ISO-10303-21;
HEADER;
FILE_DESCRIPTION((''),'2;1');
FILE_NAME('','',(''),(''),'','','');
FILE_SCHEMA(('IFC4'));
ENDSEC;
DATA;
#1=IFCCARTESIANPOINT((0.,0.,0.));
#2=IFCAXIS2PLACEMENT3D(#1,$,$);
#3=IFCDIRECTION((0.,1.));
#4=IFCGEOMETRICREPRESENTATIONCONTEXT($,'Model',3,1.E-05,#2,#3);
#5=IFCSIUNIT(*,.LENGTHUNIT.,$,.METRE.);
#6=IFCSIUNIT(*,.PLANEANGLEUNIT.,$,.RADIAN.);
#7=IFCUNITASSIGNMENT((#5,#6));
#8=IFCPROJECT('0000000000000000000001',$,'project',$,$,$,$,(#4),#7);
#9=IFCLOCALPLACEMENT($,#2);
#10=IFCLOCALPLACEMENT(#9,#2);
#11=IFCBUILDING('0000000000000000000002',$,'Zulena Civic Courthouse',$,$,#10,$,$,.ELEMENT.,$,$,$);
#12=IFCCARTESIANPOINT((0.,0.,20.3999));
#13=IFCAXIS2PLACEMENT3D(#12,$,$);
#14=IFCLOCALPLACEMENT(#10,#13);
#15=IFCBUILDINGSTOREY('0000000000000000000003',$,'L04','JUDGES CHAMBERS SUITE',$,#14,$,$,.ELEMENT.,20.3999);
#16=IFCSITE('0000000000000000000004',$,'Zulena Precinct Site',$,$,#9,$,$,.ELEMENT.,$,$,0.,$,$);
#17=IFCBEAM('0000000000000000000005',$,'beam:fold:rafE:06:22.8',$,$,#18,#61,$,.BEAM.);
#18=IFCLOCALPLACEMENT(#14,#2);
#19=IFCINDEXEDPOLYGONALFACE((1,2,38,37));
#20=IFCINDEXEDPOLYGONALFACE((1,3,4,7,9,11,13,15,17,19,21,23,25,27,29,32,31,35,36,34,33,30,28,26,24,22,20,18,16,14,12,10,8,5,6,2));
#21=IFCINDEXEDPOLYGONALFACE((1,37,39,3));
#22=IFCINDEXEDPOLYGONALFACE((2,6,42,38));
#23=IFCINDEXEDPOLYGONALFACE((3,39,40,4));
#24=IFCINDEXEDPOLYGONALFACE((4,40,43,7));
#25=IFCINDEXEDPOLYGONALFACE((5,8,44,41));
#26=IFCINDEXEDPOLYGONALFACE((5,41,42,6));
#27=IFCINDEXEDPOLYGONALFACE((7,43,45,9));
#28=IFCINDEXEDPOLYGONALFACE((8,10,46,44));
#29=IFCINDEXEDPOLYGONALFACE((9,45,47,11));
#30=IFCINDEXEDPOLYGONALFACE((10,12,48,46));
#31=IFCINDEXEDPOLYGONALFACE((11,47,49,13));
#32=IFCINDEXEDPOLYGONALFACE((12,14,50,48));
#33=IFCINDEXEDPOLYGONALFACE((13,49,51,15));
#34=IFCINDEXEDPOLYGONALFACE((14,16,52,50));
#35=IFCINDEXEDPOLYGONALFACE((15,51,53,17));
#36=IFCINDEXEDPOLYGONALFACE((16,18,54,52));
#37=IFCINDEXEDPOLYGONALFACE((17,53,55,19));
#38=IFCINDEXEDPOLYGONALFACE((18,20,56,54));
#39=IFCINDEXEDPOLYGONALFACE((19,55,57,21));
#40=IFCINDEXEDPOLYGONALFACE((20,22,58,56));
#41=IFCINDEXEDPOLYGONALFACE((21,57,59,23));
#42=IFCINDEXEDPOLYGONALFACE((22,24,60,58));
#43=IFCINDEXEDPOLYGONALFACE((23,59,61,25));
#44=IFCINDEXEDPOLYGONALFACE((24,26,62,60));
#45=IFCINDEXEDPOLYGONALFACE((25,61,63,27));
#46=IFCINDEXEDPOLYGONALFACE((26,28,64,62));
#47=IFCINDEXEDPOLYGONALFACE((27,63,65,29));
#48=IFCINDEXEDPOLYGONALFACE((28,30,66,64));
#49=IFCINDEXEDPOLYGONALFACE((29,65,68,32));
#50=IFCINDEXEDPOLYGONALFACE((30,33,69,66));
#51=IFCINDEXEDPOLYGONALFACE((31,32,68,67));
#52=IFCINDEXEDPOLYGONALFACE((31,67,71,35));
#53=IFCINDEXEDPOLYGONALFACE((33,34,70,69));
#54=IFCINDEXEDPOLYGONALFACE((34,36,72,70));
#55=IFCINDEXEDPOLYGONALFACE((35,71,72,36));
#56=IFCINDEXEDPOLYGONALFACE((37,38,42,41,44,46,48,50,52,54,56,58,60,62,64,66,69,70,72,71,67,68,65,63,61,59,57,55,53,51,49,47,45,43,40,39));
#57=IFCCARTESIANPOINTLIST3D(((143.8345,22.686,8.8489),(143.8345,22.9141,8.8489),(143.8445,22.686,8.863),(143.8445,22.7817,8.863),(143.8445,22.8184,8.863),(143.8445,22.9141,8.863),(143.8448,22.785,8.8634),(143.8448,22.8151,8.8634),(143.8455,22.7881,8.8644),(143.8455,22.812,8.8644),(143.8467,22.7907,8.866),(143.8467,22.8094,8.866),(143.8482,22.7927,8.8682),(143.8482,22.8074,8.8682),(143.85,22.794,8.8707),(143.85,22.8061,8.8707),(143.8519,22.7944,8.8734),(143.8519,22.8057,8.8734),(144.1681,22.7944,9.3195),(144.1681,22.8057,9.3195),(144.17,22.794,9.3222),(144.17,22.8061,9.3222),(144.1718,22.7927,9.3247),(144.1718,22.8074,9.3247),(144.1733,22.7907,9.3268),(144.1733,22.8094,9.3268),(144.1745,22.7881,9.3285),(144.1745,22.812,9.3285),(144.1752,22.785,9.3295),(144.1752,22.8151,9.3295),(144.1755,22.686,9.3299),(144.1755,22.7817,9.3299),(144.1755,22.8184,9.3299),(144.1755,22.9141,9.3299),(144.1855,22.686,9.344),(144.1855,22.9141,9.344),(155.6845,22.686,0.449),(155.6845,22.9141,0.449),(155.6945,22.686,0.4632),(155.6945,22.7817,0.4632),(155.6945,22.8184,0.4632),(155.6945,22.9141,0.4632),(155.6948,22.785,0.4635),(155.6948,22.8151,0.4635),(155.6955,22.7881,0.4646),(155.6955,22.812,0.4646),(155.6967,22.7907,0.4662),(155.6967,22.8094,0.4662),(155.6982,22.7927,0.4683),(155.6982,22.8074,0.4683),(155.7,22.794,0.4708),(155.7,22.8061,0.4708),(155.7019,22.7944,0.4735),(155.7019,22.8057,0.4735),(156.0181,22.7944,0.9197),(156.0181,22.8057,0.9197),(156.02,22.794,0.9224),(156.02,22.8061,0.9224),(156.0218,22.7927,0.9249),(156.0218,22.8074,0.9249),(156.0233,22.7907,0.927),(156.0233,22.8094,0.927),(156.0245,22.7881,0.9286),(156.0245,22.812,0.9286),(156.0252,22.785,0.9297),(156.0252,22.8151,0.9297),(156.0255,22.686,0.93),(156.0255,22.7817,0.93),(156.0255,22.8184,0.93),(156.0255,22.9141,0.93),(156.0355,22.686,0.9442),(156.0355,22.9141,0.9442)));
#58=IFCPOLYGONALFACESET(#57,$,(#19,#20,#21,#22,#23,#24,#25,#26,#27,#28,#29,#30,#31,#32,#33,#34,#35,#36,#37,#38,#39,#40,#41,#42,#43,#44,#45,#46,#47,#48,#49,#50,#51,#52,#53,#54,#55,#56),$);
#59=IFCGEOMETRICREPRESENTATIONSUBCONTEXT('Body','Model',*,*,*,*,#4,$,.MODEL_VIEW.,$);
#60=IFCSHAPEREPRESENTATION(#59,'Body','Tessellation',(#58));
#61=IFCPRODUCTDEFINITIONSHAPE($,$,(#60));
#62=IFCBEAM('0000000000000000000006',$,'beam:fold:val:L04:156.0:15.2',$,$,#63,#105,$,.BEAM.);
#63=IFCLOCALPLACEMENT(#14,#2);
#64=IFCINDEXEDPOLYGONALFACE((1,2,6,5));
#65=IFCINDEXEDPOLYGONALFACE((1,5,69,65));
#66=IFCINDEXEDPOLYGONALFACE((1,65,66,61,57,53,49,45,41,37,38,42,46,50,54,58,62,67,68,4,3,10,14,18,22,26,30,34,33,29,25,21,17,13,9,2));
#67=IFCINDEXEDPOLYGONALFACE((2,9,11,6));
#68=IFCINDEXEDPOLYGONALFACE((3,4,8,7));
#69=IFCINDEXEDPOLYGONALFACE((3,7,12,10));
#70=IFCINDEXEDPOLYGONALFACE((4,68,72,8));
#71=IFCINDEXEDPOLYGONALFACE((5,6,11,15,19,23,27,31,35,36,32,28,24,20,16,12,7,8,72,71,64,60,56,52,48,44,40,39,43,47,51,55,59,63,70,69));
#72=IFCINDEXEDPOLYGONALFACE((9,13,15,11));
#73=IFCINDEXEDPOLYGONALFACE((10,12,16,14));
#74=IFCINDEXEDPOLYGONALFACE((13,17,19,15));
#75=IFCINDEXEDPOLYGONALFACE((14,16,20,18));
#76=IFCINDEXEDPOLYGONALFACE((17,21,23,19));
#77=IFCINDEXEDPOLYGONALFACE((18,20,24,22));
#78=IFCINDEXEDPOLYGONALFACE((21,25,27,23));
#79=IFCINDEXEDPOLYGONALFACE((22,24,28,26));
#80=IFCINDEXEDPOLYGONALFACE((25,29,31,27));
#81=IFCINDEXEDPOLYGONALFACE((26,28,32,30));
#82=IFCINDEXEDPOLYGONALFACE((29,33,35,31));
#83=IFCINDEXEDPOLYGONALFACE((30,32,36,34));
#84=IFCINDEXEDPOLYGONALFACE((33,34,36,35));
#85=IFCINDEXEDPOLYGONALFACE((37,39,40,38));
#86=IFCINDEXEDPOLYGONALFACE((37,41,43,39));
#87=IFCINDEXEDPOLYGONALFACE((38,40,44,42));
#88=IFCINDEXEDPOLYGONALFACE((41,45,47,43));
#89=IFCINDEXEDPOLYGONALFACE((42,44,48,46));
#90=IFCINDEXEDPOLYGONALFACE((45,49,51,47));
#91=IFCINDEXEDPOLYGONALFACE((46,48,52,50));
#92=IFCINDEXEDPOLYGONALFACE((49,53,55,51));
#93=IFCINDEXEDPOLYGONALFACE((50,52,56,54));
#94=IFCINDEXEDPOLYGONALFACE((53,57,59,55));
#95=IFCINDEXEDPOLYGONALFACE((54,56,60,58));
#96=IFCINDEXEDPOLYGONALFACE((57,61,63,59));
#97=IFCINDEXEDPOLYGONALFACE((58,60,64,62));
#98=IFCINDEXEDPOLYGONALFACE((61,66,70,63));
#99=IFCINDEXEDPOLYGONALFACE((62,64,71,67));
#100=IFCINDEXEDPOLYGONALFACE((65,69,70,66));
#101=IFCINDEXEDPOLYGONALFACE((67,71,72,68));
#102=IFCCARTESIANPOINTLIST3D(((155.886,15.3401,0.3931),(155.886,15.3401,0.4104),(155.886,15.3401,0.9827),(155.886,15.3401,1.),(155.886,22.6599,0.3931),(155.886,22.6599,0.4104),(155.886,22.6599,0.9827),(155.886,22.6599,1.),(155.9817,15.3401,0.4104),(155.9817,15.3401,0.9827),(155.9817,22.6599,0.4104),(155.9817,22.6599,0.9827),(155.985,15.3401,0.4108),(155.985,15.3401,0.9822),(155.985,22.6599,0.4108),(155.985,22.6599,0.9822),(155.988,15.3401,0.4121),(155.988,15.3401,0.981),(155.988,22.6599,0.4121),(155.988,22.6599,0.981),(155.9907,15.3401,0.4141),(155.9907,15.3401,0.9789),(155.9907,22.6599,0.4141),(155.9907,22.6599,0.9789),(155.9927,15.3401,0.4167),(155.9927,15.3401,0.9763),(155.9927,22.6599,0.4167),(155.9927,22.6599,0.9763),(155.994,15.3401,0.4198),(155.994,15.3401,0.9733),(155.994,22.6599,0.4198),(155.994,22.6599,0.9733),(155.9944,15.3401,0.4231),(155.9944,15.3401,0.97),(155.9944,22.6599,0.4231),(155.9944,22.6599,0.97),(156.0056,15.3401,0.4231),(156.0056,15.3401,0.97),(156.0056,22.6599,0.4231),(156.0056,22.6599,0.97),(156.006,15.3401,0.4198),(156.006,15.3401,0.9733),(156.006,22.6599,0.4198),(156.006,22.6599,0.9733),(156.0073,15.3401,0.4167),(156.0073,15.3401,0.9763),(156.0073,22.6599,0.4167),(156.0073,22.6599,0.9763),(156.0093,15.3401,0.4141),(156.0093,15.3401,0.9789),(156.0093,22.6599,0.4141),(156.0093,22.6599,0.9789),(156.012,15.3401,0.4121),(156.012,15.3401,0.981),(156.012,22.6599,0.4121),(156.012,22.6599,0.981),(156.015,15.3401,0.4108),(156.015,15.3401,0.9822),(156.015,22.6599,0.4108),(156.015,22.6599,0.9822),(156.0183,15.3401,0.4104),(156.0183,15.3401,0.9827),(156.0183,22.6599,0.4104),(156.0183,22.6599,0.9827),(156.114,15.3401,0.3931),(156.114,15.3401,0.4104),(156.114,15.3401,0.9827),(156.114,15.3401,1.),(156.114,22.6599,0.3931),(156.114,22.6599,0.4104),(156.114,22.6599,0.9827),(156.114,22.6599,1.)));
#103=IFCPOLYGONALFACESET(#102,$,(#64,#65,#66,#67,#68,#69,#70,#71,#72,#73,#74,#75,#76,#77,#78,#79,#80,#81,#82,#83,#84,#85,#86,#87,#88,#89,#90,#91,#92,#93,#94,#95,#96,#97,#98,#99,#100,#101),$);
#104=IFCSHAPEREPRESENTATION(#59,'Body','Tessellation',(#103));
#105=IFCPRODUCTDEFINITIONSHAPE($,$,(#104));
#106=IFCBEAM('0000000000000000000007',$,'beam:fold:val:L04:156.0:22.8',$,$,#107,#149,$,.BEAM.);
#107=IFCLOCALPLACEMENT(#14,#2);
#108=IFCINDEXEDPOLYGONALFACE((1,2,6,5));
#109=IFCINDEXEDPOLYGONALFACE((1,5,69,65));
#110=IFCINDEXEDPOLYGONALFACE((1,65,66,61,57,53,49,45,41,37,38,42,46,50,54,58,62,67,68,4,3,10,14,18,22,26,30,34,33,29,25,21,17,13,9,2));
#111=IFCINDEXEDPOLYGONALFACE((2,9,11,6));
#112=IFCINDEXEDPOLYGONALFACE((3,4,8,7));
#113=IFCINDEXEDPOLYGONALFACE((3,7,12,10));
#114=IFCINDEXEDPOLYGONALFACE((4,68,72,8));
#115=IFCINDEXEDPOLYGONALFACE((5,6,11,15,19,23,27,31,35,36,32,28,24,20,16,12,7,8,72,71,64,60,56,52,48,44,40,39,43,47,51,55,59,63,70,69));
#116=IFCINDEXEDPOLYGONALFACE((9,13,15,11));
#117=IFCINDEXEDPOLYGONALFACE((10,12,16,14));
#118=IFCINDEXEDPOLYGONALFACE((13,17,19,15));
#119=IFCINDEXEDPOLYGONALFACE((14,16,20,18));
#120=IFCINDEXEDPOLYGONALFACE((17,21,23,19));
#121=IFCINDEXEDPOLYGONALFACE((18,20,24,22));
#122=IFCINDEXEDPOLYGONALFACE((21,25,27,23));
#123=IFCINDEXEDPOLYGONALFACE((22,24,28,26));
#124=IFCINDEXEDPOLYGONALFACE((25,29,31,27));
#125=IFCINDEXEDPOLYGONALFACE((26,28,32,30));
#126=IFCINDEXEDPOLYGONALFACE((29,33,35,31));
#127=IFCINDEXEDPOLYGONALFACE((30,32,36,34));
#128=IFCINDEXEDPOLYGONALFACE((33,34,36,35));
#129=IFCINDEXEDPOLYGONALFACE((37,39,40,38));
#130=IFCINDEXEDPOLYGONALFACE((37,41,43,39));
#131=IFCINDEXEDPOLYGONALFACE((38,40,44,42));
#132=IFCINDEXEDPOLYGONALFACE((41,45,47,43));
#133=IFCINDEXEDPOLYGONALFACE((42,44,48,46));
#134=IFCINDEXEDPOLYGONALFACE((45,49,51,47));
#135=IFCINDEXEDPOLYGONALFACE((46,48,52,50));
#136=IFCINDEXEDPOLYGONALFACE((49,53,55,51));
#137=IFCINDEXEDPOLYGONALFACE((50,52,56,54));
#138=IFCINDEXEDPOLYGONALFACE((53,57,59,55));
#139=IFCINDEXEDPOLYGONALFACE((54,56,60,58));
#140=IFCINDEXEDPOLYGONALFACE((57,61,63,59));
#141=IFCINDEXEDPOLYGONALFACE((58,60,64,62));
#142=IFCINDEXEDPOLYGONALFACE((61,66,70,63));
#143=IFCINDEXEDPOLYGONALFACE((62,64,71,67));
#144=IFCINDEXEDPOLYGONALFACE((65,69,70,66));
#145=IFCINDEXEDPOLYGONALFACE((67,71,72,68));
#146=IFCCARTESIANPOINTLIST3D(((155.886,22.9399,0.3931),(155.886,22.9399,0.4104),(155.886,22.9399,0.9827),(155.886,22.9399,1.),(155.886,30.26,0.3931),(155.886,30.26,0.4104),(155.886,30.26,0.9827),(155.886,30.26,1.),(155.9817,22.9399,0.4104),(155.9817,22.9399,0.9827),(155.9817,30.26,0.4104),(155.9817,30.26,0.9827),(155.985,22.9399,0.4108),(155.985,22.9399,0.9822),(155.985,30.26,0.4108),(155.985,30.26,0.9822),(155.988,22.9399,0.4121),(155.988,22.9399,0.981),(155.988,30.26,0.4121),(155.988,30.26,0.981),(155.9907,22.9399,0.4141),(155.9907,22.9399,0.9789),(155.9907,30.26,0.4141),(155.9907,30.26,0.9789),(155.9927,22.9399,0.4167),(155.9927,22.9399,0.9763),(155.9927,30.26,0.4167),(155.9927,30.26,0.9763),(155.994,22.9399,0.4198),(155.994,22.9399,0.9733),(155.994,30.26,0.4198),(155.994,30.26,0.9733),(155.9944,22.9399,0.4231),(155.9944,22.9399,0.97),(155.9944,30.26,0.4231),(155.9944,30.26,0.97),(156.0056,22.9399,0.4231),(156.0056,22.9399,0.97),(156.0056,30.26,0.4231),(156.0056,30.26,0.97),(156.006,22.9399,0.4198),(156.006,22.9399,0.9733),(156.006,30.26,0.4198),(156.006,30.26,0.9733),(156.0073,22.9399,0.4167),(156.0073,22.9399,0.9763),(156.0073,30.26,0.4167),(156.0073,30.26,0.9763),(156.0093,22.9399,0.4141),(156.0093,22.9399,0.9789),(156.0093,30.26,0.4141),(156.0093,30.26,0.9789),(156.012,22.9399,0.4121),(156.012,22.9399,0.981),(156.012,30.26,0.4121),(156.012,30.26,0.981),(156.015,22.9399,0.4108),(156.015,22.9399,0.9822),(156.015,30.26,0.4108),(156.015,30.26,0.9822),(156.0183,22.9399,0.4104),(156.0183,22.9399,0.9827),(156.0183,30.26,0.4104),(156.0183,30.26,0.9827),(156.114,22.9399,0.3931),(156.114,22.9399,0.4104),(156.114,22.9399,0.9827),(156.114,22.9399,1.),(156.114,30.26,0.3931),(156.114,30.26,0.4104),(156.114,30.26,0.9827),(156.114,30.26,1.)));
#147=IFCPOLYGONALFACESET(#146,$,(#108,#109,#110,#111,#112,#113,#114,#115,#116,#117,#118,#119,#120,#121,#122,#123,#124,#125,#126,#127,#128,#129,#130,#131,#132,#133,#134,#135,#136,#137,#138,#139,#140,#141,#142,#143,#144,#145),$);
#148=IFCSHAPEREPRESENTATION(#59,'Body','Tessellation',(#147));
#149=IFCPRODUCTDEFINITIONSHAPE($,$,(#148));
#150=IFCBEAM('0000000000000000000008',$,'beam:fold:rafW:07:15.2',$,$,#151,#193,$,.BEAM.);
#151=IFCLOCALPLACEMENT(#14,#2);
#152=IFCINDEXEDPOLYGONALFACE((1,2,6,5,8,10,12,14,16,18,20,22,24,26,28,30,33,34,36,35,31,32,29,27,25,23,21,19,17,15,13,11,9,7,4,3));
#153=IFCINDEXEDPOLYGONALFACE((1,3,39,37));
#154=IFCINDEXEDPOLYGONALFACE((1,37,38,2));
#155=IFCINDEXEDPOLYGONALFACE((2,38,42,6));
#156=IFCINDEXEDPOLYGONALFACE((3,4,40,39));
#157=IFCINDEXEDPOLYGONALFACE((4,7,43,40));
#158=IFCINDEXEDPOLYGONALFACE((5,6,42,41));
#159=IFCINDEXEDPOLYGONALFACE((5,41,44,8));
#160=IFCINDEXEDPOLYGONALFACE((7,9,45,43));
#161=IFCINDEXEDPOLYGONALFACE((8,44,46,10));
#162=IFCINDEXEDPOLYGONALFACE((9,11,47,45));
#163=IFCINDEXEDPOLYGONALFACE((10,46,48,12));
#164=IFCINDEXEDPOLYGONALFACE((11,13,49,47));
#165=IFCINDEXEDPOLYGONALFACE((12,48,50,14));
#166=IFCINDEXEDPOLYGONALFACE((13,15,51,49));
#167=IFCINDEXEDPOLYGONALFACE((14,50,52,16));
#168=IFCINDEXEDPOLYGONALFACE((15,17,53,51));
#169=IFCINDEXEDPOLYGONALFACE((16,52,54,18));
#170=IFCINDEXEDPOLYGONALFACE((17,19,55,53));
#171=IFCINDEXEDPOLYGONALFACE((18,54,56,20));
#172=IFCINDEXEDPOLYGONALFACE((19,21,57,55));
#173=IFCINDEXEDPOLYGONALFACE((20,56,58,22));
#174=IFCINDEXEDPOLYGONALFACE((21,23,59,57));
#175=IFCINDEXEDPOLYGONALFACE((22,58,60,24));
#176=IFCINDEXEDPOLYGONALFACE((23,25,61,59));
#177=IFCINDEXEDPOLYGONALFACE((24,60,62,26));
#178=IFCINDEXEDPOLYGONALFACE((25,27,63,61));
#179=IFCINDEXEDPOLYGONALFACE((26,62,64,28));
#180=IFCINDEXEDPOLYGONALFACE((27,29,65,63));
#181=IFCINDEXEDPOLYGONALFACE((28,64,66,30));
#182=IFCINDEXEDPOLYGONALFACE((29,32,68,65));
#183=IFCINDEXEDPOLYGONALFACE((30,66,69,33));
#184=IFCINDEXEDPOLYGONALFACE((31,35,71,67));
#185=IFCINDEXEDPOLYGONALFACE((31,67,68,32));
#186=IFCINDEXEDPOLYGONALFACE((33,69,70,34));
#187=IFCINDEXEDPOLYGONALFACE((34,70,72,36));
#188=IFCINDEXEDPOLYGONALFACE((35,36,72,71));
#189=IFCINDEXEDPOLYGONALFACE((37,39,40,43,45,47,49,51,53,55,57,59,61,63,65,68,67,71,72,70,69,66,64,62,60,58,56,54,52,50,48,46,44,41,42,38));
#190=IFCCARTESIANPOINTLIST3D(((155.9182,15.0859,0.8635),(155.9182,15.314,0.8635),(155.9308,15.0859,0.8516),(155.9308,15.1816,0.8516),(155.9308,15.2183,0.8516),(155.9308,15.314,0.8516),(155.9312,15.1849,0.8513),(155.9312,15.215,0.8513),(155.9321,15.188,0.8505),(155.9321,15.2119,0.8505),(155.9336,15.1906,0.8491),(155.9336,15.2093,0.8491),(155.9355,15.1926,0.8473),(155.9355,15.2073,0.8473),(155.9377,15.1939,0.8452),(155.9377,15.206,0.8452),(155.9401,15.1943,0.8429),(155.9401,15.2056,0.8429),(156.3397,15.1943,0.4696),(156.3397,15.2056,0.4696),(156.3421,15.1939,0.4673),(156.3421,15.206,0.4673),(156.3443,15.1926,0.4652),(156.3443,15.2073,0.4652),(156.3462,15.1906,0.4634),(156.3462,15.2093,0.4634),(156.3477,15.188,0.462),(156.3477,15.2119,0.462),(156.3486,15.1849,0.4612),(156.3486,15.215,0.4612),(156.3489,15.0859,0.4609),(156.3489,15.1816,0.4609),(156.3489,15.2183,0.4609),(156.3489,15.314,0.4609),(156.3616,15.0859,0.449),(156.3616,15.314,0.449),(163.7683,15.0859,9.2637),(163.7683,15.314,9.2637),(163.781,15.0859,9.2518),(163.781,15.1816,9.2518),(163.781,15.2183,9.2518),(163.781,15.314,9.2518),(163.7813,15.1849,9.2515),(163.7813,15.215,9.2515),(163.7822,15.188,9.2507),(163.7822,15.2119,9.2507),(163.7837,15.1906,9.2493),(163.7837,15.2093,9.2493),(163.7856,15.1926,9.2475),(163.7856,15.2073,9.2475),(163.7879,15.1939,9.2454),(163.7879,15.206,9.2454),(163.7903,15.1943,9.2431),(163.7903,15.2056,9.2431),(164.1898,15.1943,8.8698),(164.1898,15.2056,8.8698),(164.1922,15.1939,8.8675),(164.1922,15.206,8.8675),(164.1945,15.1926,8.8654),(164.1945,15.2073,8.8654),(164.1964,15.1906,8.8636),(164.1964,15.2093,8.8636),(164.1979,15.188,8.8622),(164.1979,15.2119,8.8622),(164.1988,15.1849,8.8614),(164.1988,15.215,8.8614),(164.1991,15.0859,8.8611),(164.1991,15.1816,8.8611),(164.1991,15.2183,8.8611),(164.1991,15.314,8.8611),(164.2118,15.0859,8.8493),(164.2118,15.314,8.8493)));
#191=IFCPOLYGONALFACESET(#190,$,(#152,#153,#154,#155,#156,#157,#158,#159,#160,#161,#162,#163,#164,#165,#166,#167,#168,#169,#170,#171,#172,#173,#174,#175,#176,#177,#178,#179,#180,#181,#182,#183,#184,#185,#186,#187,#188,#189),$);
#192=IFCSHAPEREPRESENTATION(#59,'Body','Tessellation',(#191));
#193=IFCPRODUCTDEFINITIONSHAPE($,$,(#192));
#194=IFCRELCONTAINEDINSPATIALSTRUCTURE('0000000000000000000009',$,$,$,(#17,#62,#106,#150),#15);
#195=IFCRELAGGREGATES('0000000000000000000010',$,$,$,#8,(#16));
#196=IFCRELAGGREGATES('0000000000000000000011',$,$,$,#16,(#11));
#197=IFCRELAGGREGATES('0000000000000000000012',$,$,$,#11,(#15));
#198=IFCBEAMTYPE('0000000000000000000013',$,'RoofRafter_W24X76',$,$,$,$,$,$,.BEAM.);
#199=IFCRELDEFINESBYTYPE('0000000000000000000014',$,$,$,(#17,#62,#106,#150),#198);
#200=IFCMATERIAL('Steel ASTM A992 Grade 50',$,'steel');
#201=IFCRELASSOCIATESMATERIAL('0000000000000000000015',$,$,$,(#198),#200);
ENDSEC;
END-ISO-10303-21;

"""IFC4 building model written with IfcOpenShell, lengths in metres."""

from ifc_helpers import new_model, si_unit, direction, frame, origin, origin_2d, place, context, subcontext, project, spatial, i_section, extrude, material, material_profile, profile_set, type_object, element, save


model = new_model("IFC4")

# Units and contexts
model_context = context("Model", 3, precision=1e-05, world=origin(), true_north=direction((0.0, 1.0)))
body_context = subcontext(model_context, "Body", "Model", "MODEL_VIEW")
ifc_project = project(units=[si_unit("LENGTHUNIT", "METRE"), si_unit("PLANEANGLEUNIT", "RADIAN")], contexts=[model_context])

# Site, building, storey
site_placement = place(None, origin())
site = spatial("IfcSite", under=ifc_project, at=site_placement, Name="Zulena Precinct Site", CompositionType="ELEMENT", RefElevation=0.0)
building_placement = place(site_placement, origin())
building = spatial("IfcBuilding", under=site, at=building_placement, Name="Zulena Civic Courthouse", CompositionType="ELEMENT")
storey_placement = place(building_placement, frame((0.0, 0.0, 20.3999)))
storey = spatial("IfcBuildingStorey", under=building, at=storey_placement, Name="L04", Description="JUDGES CHAMBERS SUITE", CompositionType="ELEMENT", Elevation=20.3999)

# Shared definitions
ifc_material_1 = material(Name="Steel ASTM A992 Grade 50", Category="steel")

# Beams
ifc_material_profile_1 = material_profile(ifc_material_1, i_section(OverallWidth=0.228, OverallDepth=0.6069, WebThickness=0.0112, FlangeThickness=0.0173, FilletRadius=0.0127, at=origin_2d()), Name="W24X76")
ifc_profile_set_1 = profile_set([ifc_material_profile_1], Name="Steel ASTM A992 Grade 50")
beam_type_1 = type_object("IfcBeamType", Name="RoofRafter_W24X76", PredefinedType="BEAM", material=ifc_profile_set_1)
beam_1_placement = place(storey_placement, frame((144.01, 22.8, 9.0964), z_axis=(0.815827, 0.0, -0.578296), x_axis=(0.0, 1.0, 0.0)))
element("IfcBeam", 1, at=beam_1_placement, inside=storey, type_object=beam_type_1, Name="beam:fold:rafE:06:22.8", PredefinedType="BEAM", context=body_context, shape_type="SweptSolid", body=[
    extrude(i_section(OverallWidth=0.228, OverallDepth=0.6069, WebThickness=0.0112, FlangeThickness=0.0173, FilletRadius=0.0127, at=origin_2d()), origin(), (0.0, 0.0, 1.0), 14.5251),
])
beam_2_placement = place(storey_placement, frame((156.0, 15.3401, 0.6965), z_axis=(0.0, 1.0, 0.0), x_axis=(-1.0, 0.0, 0.0)))
element("IfcBeam", 2, at=beam_2_placement, inside=storey, type_object=beam_type_1, Name="beam:fold:val:L04:156.0:15.2", PredefinedType="BEAM", context=body_context, shape_type="SweptSolid", body=[
    extrude(i_section(OverallWidth=0.228, OverallDepth=0.6069, WebThickness=0.0112, FlangeThickness=0.0173, FilletRadius=0.0127, at=origin_2d()), origin(), (0.0, 0.0, 1.0), 7.3198),
])
beam_3_placement = place(storey_placement, frame((156.0, 22.9399, 0.6965), z_axis=(0.0, 1.0, 0.0), x_axis=(-1.0, 0.0, 0.0)))
element("IfcBeam", 3, at=beam_3_placement, inside=storey, type_object=beam_type_1, Name="beam:fold:val:L04:156.0:22.8", PredefinedType="BEAM", context=body_context, shape_type="SweptSolid", body=[
    extrude(i_section(OverallWidth=0.228, OverallDepth=0.6069, WebThickness=0.0112, FlangeThickness=0.0173, FilletRadius=0.0127, at=origin_2d()), origin(), (0.0, 0.0, 1.0), 7.3201),
])
for number, where, z_axis, x_axis, name in (
    (4, (156.1399, 15.2, 0.6562), (0.682781, 0.0, 0.730623), (0.0, 1.0, 0.0), "beam:fold:rafW:07:15.2"),
):
    element("IfcBeam", number, at=place(storey_placement, frame(where, z_axis=z_axis, x_axis=x_axis)), inside=storey, type_object=beam_type_1, Name=name, PredefinedType="BEAM", context=body_context, shape_type="SweptSolid", body=[
        extrude(i_section(OverallWidth=0.228, OverallDepth=0.6069, WebThickness=0.0112, FlangeThickness=0.0173, FilletRadius=0.0127, at=origin_2d()), origin(), (0.0, 0.0, 1.0), 11.4973),
    ])

save(model, "model.ifc")
